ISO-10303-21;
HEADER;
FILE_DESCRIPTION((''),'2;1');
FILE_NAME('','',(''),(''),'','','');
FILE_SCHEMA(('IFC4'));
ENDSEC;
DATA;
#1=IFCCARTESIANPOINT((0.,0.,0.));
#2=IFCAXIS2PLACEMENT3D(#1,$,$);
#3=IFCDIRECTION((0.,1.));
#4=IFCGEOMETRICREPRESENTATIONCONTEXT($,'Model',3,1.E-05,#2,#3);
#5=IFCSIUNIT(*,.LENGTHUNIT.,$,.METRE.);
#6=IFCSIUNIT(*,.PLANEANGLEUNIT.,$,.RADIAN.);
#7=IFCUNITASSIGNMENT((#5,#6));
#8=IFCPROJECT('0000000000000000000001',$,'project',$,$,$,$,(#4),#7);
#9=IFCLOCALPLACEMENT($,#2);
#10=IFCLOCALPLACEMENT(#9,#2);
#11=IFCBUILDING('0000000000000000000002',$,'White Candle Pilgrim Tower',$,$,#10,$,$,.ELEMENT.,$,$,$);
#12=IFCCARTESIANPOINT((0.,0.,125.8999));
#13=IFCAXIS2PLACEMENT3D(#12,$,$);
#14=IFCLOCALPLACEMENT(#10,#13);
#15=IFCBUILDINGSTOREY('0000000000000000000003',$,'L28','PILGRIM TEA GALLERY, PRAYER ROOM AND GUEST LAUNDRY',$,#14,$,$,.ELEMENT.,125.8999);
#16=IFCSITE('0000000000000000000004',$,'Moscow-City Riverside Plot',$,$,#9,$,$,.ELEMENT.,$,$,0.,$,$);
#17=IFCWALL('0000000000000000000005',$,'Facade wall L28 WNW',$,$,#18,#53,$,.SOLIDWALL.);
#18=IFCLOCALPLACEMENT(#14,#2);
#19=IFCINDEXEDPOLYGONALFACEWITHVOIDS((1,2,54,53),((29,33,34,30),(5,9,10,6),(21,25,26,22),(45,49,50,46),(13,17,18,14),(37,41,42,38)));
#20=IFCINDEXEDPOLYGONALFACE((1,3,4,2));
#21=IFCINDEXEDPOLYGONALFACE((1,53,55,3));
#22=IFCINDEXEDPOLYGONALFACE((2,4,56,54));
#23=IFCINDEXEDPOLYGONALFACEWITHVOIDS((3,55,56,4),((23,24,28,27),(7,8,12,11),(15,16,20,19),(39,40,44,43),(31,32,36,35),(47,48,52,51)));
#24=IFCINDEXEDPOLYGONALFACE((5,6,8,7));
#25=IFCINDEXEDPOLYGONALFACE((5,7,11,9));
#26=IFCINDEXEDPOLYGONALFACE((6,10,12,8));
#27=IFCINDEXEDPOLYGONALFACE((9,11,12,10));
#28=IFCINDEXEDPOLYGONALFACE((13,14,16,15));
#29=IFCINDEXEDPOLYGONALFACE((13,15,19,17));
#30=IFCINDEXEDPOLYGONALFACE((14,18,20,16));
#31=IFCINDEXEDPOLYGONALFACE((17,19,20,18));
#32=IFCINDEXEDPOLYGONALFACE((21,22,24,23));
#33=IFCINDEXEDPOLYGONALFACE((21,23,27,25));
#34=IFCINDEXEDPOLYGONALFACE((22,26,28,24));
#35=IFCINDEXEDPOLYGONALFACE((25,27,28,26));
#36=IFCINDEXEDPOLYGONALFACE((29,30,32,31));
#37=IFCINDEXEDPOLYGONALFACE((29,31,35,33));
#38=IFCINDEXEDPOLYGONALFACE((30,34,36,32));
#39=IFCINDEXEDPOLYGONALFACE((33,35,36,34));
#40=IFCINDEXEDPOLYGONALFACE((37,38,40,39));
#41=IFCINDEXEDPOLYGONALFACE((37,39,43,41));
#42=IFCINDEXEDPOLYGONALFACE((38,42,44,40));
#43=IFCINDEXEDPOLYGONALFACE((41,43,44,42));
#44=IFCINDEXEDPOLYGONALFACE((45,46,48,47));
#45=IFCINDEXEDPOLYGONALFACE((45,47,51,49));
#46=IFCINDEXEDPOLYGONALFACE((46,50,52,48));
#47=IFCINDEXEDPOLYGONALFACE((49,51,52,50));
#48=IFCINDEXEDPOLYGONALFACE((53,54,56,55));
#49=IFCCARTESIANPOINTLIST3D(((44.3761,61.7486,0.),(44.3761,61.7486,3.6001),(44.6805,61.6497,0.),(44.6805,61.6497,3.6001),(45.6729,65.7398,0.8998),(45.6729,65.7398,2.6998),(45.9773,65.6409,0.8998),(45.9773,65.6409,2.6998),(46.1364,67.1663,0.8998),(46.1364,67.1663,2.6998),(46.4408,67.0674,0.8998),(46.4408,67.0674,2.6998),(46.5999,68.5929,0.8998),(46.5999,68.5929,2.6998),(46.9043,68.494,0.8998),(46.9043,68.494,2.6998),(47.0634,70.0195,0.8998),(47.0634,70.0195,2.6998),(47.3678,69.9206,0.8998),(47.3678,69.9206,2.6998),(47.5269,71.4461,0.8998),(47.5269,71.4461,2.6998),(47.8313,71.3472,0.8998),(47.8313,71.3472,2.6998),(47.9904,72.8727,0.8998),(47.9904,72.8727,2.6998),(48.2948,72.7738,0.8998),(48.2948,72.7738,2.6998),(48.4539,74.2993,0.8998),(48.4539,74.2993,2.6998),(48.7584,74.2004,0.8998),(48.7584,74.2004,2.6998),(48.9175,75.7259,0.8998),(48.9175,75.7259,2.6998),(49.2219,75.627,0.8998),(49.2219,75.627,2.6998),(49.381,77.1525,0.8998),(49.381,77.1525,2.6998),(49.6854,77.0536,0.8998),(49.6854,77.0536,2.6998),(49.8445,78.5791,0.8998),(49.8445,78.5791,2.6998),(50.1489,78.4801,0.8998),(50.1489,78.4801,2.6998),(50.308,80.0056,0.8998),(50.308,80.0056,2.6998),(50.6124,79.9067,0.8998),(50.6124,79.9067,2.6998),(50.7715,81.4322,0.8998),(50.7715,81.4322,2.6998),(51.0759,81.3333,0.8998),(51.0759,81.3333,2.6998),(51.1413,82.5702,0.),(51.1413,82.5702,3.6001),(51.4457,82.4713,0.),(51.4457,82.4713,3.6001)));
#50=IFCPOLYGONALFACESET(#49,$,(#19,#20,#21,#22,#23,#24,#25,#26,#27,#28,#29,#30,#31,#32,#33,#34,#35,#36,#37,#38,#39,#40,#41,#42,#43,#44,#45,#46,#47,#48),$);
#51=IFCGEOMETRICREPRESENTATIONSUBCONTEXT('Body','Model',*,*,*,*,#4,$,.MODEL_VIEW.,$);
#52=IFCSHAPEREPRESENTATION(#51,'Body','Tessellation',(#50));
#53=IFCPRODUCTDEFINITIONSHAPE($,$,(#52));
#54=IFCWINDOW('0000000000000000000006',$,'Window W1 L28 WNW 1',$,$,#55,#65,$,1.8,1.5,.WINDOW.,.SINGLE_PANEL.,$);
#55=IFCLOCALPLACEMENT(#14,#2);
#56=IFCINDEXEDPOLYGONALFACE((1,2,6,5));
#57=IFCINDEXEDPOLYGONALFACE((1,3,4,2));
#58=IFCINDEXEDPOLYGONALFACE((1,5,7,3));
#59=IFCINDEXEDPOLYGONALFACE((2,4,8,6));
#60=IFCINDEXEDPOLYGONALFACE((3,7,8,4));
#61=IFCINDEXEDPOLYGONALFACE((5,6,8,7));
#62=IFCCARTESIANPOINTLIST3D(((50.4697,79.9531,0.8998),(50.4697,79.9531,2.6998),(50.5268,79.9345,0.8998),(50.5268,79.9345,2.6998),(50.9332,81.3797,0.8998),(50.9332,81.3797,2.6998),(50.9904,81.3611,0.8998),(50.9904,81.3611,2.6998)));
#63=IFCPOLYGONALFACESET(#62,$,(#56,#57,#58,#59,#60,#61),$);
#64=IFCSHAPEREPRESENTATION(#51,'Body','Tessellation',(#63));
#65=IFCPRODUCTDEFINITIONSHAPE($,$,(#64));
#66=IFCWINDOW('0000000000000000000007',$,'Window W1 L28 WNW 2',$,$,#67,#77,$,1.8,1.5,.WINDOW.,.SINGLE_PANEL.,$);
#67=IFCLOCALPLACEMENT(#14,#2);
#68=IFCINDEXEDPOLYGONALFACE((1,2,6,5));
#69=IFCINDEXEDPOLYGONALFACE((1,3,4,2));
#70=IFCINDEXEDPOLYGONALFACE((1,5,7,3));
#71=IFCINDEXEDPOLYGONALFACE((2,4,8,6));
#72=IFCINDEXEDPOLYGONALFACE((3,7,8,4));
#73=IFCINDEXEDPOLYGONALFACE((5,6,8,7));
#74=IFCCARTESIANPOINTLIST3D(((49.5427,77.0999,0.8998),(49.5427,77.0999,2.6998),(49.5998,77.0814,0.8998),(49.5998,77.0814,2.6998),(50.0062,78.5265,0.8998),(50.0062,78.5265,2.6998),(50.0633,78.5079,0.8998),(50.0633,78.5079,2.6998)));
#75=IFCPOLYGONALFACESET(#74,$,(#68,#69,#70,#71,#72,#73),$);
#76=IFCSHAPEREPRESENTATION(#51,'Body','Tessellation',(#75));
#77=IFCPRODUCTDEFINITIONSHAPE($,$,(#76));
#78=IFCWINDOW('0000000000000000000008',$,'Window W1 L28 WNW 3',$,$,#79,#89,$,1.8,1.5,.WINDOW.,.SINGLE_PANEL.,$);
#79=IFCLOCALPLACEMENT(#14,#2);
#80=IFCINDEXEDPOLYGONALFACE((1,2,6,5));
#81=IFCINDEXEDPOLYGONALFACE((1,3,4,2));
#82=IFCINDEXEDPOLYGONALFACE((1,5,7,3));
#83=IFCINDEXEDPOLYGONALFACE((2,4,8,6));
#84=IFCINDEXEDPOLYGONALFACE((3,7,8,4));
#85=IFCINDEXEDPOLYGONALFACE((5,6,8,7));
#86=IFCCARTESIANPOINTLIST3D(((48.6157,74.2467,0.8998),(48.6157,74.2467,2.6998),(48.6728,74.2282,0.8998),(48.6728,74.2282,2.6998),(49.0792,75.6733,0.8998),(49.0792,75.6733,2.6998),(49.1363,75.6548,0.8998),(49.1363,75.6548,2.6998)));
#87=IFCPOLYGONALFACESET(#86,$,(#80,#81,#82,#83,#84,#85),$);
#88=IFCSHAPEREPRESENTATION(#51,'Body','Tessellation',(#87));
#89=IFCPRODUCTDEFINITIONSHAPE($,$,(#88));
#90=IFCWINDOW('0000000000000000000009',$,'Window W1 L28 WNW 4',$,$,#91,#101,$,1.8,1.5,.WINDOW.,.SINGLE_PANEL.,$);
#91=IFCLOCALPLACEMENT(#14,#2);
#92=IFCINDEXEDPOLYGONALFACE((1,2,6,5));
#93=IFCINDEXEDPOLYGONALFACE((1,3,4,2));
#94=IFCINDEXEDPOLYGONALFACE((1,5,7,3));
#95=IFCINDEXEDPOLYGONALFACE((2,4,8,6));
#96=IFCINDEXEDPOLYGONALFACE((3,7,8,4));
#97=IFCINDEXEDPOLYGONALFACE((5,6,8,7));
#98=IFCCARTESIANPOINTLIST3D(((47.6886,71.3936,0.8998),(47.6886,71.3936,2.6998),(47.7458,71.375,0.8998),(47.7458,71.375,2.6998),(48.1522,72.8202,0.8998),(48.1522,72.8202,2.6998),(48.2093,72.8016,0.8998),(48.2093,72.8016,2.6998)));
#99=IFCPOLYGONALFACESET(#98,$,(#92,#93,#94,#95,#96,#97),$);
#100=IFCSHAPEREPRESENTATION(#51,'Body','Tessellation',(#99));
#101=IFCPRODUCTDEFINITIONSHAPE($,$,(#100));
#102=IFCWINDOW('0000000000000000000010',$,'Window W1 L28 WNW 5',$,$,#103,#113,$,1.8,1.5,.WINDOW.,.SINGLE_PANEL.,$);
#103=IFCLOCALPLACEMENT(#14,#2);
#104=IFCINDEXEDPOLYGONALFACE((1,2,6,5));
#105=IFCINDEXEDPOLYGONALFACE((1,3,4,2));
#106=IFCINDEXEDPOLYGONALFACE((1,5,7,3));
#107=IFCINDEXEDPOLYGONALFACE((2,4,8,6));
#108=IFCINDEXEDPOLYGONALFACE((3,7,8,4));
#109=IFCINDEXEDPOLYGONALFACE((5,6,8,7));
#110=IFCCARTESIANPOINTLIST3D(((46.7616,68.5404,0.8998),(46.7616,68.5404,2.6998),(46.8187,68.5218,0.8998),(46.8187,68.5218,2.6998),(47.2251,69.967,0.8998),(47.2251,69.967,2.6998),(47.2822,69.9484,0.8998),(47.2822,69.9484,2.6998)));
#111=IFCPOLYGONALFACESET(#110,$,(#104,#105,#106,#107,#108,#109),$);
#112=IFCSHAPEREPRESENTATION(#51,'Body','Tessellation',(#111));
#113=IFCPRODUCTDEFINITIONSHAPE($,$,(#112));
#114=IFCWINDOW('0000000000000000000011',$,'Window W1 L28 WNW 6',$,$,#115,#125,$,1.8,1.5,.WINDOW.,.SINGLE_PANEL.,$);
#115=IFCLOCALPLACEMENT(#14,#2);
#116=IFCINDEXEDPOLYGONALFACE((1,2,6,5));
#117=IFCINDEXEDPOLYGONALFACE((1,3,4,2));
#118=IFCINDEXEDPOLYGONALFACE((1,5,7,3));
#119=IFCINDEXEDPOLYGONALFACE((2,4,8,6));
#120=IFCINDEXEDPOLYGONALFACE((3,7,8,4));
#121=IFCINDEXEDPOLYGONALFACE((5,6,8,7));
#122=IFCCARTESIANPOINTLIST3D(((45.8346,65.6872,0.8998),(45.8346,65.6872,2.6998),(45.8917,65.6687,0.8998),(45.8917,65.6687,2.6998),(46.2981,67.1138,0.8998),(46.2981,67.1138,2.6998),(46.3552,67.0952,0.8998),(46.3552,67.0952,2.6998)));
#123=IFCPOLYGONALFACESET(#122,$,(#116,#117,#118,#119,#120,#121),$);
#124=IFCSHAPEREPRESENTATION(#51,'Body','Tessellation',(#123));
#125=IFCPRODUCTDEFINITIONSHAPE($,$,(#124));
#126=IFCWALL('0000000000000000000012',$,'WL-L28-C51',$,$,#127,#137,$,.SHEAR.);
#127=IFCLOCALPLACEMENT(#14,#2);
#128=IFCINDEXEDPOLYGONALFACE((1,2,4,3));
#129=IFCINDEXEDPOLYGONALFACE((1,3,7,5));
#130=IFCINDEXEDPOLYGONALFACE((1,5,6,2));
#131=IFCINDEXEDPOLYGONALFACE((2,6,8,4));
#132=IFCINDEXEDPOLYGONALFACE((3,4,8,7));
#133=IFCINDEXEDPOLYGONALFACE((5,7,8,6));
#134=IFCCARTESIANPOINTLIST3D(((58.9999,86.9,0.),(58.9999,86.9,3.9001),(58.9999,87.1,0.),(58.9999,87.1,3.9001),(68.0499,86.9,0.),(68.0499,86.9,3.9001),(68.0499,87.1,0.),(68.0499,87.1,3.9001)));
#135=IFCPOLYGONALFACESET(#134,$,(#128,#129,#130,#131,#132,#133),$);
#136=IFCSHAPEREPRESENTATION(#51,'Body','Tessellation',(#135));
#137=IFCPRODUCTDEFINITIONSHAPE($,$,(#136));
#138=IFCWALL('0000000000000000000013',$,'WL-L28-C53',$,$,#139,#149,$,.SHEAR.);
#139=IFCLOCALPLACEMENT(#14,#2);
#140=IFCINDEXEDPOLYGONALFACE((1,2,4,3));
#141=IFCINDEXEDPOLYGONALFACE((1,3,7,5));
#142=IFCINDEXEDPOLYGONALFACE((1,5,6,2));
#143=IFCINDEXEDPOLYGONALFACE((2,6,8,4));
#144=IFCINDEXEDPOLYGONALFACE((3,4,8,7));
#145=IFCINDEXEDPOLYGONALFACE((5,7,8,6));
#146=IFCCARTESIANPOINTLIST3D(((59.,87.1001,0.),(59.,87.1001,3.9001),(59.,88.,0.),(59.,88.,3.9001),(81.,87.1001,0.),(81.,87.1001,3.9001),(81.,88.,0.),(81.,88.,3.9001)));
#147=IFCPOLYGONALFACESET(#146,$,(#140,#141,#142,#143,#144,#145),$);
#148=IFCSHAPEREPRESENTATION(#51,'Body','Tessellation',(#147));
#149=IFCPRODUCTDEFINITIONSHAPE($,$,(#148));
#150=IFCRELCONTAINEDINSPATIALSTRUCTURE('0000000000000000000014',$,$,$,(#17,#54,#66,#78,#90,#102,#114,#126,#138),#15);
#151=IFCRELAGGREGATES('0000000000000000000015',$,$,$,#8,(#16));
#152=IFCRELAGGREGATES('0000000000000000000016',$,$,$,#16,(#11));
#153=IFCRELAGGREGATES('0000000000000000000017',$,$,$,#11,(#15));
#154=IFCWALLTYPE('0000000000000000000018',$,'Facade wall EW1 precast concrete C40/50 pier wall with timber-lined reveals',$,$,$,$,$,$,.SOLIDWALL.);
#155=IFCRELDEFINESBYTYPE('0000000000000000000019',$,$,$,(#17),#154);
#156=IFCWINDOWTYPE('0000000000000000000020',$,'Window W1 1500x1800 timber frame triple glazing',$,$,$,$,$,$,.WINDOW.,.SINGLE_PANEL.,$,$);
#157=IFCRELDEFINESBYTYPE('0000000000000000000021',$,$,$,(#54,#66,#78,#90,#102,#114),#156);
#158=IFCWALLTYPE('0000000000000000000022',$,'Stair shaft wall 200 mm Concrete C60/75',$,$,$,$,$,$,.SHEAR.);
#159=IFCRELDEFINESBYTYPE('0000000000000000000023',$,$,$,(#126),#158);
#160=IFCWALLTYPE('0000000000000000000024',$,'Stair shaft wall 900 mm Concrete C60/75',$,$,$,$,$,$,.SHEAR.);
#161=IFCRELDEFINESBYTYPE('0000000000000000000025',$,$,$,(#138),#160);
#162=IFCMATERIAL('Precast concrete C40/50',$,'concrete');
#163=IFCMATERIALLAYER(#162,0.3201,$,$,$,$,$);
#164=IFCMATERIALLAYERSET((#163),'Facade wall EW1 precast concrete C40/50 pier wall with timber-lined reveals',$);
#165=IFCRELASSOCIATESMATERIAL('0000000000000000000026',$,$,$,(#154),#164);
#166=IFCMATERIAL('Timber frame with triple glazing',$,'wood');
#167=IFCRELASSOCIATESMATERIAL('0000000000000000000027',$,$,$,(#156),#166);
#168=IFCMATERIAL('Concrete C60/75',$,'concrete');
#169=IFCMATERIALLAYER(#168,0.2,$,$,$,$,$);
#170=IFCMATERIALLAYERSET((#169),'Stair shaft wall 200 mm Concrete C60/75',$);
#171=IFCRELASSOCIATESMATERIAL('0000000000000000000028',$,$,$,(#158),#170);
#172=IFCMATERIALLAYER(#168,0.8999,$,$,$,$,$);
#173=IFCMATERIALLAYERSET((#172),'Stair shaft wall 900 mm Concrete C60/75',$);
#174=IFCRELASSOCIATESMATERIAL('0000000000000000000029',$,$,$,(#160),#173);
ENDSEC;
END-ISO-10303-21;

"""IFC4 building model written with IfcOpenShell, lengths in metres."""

from ifc_helpers import new_model, si_unit, direction, frame, frame_2d, origin, place, context, subcontext, project, spatial, rectangle, extrude, material, layer, layer_set, type_object, element, fill, save


model = new_model("IFC4")

# Units and contexts
model_context = context("Model", 3, precision=1e-05, world=origin(), true_north=direction((0.0, 1.0)))
body_context = subcontext(model_context, "Body", "Model", "MODEL_VIEW")
ifc_project = project(units=[si_unit("LENGTHUNIT", "METRE"), si_unit("PLANEANGLEUNIT", "RADIAN")], contexts=[model_context])

# Site, building, storey
site_placement = place(None, origin())
site = spatial("IfcSite", under=ifc_project, at=site_placement, Name="Moscow-City Riverside Plot", CompositionType="ELEMENT", RefElevation=0.0)
building_placement = place(site_placement, origin())
building = spatial("IfcBuilding", under=site, at=building_placement, Name="White Candle Pilgrim Tower", CompositionType="ELEMENT")
storey_placement = place(building_placement, frame((0.0, 0.0, 125.8999)))
storey = spatial("IfcBuildingStorey", under=building, at=storey_placement, Name="L28", Description="PILGRIM TEA GALLERY, PRAYER ROOM AND GUEST LAUNDRY", CompositionType="ELEMENT", Elevation=125.8999)

# Shared definitions
ifc_material_1 = material(Name="Concrete C60/75", Category="concrete")

# Wall, openings, windows
ifc_material_2 = material(Name="Precast concrete C40/50", Category="concrete")
ifc_layer_1 = layer(ifc_material_2, 0.3201)
ifc_layer_set_1 = layer_set([ifc_layer_1], Name="Facade wall EW1 precast concrete C40/50 pier wall with timber-lined reveals")
wall_type_1 = type_object("IfcWallType", Name="Facade wall EW1 precast concrete C40/50 pier wall with timber-lined reveals", PredefinedType="SOLIDWALL", material=ifc_layer_set_1)
ifc_material_3 = material(Name="Timber frame with triple glazing", Category="wood")
wall_1_placement = place(storey_placement, frame((51.2935, 82.5208, 0.0), z_axis=(0.0, 0.0, 1.0), x_axis=(-0.309009, -0.951059, 0.0)))
wall_1 = element("IfcWall", 1, at=wall_1_placement, inside=storey, type_object=wall_type_1, Name="Facade wall L28 WNW", PredefinedType="SOLIDWALL", context=body_context, shape_type="SweptSolid", body=[
    extrude(rectangle(XDim=21.8931, YDim=0.3201, at=frame_2d((10.9465, 0.0))), origin(), (0.0, 0.0, 1.0), 3.6001),
])
opening_1_placement = place(wall_1_placement, frame((1.1965, 0.0, 0.8999)))
opening_1 = element("IfcOpeningElement", 2, at=opening_1_placement, cuts=wall_1, PredefinedType="OPENING", context=body_context, shape_type="SweptSolid", body=[
    extrude(rectangle(XDim=1.5, YDim=1.8, at=frame_2d((0.75, 0.8999))), frame((0.0, 0.1699, 0.0), z_axis=(0.0, -1.0, 0.0), x_axis=(1.0, 0.0, 0.0)), (0.0, 0.0, 1.0), 0.3401),
])
opening_2_placement = place(wall_1_placement, frame((4.1965, 0.0, 0.8999)))
opening_2 = element("IfcOpeningElement", 3, at=opening_2_placement, cuts=wall_1, PredefinedType="OPENING", context=body_context, shape_type="SweptSolid", body=[
    extrude(rectangle(XDim=1.5, YDim=1.8, at=frame_2d((0.75, 0.8999))), frame((0.0, 0.1699, 0.0), z_axis=(0.0, -1.0, 0.0), x_axis=(1.0, 0.0, 0.0)), (0.0, 0.0, 1.0), 0.3401),
])
opening_3_placement = place(wall_1_placement, frame((7.1965, 0.0, 0.8999)))
opening_3 = element("IfcOpeningElement", 4, at=opening_3_placement, cuts=wall_1, PredefinedType="OPENING", context=body_context, shape_type="SweptSolid", body=[
    extrude(rectangle(XDim=1.5, YDim=1.8, at=frame_2d((0.75, 0.8999))), frame((0.0, 0.1699, 0.0), z_axis=(0.0, -1.0, 0.0), x_axis=(1.0, 0.0, 0.0)), (0.0, 0.0, 1.0), 0.3401),
])
opening_4_placement = place(wall_1_placement, frame((10.1965, 0.0, 0.8999)))
opening_4 = element("IfcOpeningElement", 5, at=opening_4_placement, cuts=wall_1, PredefinedType="OPENING", context=body_context, shape_type="SweptSolid", body=[
    extrude(rectangle(XDim=1.5, YDim=1.8, at=frame_2d((0.75, 0.8999))), frame((0.0, 0.1699, 0.0), z_axis=(0.0, -1.0, 0.0), x_axis=(1.0, 0.0, 0.0)), (0.0, 0.0, 1.0), 0.3401),
])
opening_5_placement = place(wall_1_placement, frame((13.1965, 0.0, 0.8999)))
opening_5 = element("IfcOpeningElement", 6, at=opening_5_placement, cuts=wall_1, PredefinedType="OPENING", context=body_context, shape_type="SweptSolid", body=[
    extrude(rectangle(XDim=1.5, YDim=1.8, at=frame_2d((0.75, 0.8999))), frame((0.0, 0.1699, 0.0), z_axis=(0.0, -1.0, 0.0), x_axis=(1.0, 0.0, 0.0)), (0.0, 0.0, 1.0), 0.3401),
])
opening_6_placement = place(wall_1_placement, frame((16.1965, 0.0, 0.8999)))
opening_6 = element("IfcOpeningElement", 7, at=opening_6_placement, cuts=wall_1, PredefinedType="OPENING", context=body_context, shape_type="SweptSolid", body=[
    extrude(rectangle(XDim=1.5, YDim=1.8, at=frame_2d((0.75, 0.8999))), frame((0.0, 0.1699, 0.0), z_axis=(0.0, -1.0, 0.0), x_axis=(1.0, 0.0, 0.0)), (0.0, 0.0, 1.0), 0.3401),
])
window_type_1 = type_object("IfcWindowType", Name="Window W1 1500x1800 timber frame triple glazing", PartitioningType="SINGLE_PANEL", PredefinedType="WINDOW", material=ifc_material_3)
window_1_placement = place(opening_1_placement, origin())
window_1 = element("IfcWindow", 8, at=window_1_placement, inside=storey, type_object=window_type_1, Name="Window W1 L28 WNW 1", OverallHeight=1.8, OverallWidth=1.5, PartitioningType="SINGLE_PANEL", PredefinedType="WINDOW", context=body_context, shape_type="SweptSolid", body=[
    extrude(rectangle(XDim=1.5, YDim=1.8, at=frame_2d((0.75, 0.8999))), frame((0.0, 0.0701, 0.0), z_axis=(0.0, -1.0, 0.0), x_axis=(1.0, 0.0, 0.0)), (0.0, 0.0, 1.0), 0.0601),
])
fill(opening_1, window_1)
window_2_placement = place(opening_2_placement, origin())
window_2 = element("IfcWindow", 9, at=window_2_placement, inside=storey, type_object=window_type_1, Name="Window W1 L28 WNW 2", OverallHeight=1.8, OverallWidth=1.5, PartitioningType="SINGLE_PANEL", PredefinedType="WINDOW", context=body_context, shape_type="SweptSolid", body=[
    extrude(rectangle(XDim=1.5, YDim=1.8, at=frame_2d((0.75, 0.8999))), frame((0.0, 0.0701, 0.0), z_axis=(0.0, -1.0, 0.0), x_axis=(1.0, 0.0, 0.0)), (0.0, 0.0, 1.0), 0.0601),
])
fill(opening_2, window_2)
window_3_placement = place(opening_3_placement, origin())
window_3 = element("IfcWindow", 10, at=window_3_placement, inside=storey, type_object=window_type_1, Name="Window W1 L28 WNW 3", OverallHeight=1.8, OverallWidth=1.5, PartitioningType="SINGLE_PANEL", PredefinedType="WINDOW", context=body_context, shape_type="SweptSolid", body=[
    extrude(rectangle(XDim=1.5, YDim=1.8, at=frame_2d((0.75, 0.8999))), frame((0.0, 0.0701, 0.0), z_axis=(0.0, -1.0, 0.0), x_axis=(1.0, 0.0, 0.0)), (0.0, 0.0, 1.0), 0.0601),
])
fill(opening_3, window_3)
window_4_placement = place(opening_4_placement, origin())
window_4 = element("IfcWindow", 11, at=window_4_placement, inside=storey, type_object=window_type_1, Name="Window W1 L28 WNW 4", OverallHeight=1.8, OverallWidth=1.5, PartitioningType="SINGLE_PANEL", PredefinedType="WINDOW", context=body_context, shape_type="SweptSolid", body=[
    extrude(rectangle(XDim=1.5, YDim=1.8, at=frame_2d((0.75, 0.8999))), frame((0.0, 0.0701, 0.0), z_axis=(0.0, -1.0, 0.0), x_axis=(1.0, 0.0, 0.0)), (0.0, 0.0, 1.0), 0.0601),
])
fill(opening_4, window_4)
window_5_placement = place(opening_5_placement, origin())
window_5 = element("IfcWindow", 12, at=window_5_placement, inside=storey, type_object=window_type_1, Name="Window W1 L28 WNW 5", OverallHeight=1.8, OverallWidth=1.5, PartitioningType="SINGLE_PANEL", PredefinedType="WINDOW", context=body_context, shape_type="SweptSolid", body=[
    extrude(rectangle(XDim=1.5, YDim=1.8, at=frame_2d((0.75, 0.8999))), frame((0.0, 0.0701, 0.0), z_axis=(0.0, -1.0, 0.0), x_axis=(1.0, 0.0, 0.0)), (0.0, 0.0, 1.0), 0.0601),
])
fill(opening_5, window_5)
window_6_placement = place(opening_6_placement, origin())
window_6 = element("IfcWindow", 13, at=window_6_placement, inside=storey, type_object=window_type_1, Name="Window W1 L28 WNW 6", OverallHeight=1.8, OverallWidth=1.5, PartitioningType="SINGLE_PANEL", PredefinedType="WINDOW", context=body_context, shape_type="SweptSolid", body=[
    extrude(rectangle(XDim=1.5, YDim=1.8, at=frame_2d((0.75, 0.8999))), frame((0.0, 0.0701, 0.0), z_axis=(0.0, -1.0, 0.0), x_axis=(1.0, 0.0, 0.0)), (0.0, 0.0, 1.0), 0.0601),
])
fill(opening_6, window_6)

# Walls
ifc_layer_2 = layer(ifc_material_1, 0.2)
ifc_layer_set_2 = layer_set([ifc_layer_2], Name="Stair shaft wall 200 mm Concrete C60/75")
wall_type_2 = type_object("IfcWallType", Name="Stair shaft wall 200 mm Concrete C60/75", PredefinedType="SHEAR", material=ifc_layer_set_2)
wall_2_placement = place(storey_placement, frame((59.0, 87.0, 0.0), z_axis=(0.0, 0.0, 1.0), x_axis=(1.0, 0.0, 0.0)))
element("IfcWall", 14, at=wall_2_placement, inside=storey, type_object=wall_type_2, Name="WL-L28-C51", PredefinedType="SHEAR", context=body_context, shape_type="SweptSolid", body=[
    extrude(rectangle(XDim=9.05, YDim=0.2, at=frame_2d((4.5249, 0.0))), origin(), (0.0, 0.0, 1.0), 3.9001),
])
ifc_layer_3 = layer(ifc_material_1, 0.8999)
ifc_layer_set_3 = layer_set([ifc_layer_3], Name="Stair shaft wall 900 mm Concrete C60/75")
wall_type_3 = type_object("IfcWallType", Name="Stair shaft wall 900 mm Concrete C60/75", PredefinedType="SHEAR", material=ifc_layer_set_3)
wall_3_placement = place(storey_placement, frame((59.0, 87.55, 0.0), z_axis=(0.0, 0.0, 1.0), x_axis=(1.0, 0.0, 0.0)))
element("IfcWall", 15, at=wall_3_placement, inside=storey, type_object=wall_type_3, Name="WL-L28-C53", PredefinedType="SHEAR", context=body_context, shape_type="SweptSolid", body=[
    extrude(rectangle(XDim=22.0, YDim=0.8999, at=frame_2d((11.0, 0.0))), origin(), (0.0, 0.0, 1.0), 3.9001),
])

save(model, "model.ifc")
